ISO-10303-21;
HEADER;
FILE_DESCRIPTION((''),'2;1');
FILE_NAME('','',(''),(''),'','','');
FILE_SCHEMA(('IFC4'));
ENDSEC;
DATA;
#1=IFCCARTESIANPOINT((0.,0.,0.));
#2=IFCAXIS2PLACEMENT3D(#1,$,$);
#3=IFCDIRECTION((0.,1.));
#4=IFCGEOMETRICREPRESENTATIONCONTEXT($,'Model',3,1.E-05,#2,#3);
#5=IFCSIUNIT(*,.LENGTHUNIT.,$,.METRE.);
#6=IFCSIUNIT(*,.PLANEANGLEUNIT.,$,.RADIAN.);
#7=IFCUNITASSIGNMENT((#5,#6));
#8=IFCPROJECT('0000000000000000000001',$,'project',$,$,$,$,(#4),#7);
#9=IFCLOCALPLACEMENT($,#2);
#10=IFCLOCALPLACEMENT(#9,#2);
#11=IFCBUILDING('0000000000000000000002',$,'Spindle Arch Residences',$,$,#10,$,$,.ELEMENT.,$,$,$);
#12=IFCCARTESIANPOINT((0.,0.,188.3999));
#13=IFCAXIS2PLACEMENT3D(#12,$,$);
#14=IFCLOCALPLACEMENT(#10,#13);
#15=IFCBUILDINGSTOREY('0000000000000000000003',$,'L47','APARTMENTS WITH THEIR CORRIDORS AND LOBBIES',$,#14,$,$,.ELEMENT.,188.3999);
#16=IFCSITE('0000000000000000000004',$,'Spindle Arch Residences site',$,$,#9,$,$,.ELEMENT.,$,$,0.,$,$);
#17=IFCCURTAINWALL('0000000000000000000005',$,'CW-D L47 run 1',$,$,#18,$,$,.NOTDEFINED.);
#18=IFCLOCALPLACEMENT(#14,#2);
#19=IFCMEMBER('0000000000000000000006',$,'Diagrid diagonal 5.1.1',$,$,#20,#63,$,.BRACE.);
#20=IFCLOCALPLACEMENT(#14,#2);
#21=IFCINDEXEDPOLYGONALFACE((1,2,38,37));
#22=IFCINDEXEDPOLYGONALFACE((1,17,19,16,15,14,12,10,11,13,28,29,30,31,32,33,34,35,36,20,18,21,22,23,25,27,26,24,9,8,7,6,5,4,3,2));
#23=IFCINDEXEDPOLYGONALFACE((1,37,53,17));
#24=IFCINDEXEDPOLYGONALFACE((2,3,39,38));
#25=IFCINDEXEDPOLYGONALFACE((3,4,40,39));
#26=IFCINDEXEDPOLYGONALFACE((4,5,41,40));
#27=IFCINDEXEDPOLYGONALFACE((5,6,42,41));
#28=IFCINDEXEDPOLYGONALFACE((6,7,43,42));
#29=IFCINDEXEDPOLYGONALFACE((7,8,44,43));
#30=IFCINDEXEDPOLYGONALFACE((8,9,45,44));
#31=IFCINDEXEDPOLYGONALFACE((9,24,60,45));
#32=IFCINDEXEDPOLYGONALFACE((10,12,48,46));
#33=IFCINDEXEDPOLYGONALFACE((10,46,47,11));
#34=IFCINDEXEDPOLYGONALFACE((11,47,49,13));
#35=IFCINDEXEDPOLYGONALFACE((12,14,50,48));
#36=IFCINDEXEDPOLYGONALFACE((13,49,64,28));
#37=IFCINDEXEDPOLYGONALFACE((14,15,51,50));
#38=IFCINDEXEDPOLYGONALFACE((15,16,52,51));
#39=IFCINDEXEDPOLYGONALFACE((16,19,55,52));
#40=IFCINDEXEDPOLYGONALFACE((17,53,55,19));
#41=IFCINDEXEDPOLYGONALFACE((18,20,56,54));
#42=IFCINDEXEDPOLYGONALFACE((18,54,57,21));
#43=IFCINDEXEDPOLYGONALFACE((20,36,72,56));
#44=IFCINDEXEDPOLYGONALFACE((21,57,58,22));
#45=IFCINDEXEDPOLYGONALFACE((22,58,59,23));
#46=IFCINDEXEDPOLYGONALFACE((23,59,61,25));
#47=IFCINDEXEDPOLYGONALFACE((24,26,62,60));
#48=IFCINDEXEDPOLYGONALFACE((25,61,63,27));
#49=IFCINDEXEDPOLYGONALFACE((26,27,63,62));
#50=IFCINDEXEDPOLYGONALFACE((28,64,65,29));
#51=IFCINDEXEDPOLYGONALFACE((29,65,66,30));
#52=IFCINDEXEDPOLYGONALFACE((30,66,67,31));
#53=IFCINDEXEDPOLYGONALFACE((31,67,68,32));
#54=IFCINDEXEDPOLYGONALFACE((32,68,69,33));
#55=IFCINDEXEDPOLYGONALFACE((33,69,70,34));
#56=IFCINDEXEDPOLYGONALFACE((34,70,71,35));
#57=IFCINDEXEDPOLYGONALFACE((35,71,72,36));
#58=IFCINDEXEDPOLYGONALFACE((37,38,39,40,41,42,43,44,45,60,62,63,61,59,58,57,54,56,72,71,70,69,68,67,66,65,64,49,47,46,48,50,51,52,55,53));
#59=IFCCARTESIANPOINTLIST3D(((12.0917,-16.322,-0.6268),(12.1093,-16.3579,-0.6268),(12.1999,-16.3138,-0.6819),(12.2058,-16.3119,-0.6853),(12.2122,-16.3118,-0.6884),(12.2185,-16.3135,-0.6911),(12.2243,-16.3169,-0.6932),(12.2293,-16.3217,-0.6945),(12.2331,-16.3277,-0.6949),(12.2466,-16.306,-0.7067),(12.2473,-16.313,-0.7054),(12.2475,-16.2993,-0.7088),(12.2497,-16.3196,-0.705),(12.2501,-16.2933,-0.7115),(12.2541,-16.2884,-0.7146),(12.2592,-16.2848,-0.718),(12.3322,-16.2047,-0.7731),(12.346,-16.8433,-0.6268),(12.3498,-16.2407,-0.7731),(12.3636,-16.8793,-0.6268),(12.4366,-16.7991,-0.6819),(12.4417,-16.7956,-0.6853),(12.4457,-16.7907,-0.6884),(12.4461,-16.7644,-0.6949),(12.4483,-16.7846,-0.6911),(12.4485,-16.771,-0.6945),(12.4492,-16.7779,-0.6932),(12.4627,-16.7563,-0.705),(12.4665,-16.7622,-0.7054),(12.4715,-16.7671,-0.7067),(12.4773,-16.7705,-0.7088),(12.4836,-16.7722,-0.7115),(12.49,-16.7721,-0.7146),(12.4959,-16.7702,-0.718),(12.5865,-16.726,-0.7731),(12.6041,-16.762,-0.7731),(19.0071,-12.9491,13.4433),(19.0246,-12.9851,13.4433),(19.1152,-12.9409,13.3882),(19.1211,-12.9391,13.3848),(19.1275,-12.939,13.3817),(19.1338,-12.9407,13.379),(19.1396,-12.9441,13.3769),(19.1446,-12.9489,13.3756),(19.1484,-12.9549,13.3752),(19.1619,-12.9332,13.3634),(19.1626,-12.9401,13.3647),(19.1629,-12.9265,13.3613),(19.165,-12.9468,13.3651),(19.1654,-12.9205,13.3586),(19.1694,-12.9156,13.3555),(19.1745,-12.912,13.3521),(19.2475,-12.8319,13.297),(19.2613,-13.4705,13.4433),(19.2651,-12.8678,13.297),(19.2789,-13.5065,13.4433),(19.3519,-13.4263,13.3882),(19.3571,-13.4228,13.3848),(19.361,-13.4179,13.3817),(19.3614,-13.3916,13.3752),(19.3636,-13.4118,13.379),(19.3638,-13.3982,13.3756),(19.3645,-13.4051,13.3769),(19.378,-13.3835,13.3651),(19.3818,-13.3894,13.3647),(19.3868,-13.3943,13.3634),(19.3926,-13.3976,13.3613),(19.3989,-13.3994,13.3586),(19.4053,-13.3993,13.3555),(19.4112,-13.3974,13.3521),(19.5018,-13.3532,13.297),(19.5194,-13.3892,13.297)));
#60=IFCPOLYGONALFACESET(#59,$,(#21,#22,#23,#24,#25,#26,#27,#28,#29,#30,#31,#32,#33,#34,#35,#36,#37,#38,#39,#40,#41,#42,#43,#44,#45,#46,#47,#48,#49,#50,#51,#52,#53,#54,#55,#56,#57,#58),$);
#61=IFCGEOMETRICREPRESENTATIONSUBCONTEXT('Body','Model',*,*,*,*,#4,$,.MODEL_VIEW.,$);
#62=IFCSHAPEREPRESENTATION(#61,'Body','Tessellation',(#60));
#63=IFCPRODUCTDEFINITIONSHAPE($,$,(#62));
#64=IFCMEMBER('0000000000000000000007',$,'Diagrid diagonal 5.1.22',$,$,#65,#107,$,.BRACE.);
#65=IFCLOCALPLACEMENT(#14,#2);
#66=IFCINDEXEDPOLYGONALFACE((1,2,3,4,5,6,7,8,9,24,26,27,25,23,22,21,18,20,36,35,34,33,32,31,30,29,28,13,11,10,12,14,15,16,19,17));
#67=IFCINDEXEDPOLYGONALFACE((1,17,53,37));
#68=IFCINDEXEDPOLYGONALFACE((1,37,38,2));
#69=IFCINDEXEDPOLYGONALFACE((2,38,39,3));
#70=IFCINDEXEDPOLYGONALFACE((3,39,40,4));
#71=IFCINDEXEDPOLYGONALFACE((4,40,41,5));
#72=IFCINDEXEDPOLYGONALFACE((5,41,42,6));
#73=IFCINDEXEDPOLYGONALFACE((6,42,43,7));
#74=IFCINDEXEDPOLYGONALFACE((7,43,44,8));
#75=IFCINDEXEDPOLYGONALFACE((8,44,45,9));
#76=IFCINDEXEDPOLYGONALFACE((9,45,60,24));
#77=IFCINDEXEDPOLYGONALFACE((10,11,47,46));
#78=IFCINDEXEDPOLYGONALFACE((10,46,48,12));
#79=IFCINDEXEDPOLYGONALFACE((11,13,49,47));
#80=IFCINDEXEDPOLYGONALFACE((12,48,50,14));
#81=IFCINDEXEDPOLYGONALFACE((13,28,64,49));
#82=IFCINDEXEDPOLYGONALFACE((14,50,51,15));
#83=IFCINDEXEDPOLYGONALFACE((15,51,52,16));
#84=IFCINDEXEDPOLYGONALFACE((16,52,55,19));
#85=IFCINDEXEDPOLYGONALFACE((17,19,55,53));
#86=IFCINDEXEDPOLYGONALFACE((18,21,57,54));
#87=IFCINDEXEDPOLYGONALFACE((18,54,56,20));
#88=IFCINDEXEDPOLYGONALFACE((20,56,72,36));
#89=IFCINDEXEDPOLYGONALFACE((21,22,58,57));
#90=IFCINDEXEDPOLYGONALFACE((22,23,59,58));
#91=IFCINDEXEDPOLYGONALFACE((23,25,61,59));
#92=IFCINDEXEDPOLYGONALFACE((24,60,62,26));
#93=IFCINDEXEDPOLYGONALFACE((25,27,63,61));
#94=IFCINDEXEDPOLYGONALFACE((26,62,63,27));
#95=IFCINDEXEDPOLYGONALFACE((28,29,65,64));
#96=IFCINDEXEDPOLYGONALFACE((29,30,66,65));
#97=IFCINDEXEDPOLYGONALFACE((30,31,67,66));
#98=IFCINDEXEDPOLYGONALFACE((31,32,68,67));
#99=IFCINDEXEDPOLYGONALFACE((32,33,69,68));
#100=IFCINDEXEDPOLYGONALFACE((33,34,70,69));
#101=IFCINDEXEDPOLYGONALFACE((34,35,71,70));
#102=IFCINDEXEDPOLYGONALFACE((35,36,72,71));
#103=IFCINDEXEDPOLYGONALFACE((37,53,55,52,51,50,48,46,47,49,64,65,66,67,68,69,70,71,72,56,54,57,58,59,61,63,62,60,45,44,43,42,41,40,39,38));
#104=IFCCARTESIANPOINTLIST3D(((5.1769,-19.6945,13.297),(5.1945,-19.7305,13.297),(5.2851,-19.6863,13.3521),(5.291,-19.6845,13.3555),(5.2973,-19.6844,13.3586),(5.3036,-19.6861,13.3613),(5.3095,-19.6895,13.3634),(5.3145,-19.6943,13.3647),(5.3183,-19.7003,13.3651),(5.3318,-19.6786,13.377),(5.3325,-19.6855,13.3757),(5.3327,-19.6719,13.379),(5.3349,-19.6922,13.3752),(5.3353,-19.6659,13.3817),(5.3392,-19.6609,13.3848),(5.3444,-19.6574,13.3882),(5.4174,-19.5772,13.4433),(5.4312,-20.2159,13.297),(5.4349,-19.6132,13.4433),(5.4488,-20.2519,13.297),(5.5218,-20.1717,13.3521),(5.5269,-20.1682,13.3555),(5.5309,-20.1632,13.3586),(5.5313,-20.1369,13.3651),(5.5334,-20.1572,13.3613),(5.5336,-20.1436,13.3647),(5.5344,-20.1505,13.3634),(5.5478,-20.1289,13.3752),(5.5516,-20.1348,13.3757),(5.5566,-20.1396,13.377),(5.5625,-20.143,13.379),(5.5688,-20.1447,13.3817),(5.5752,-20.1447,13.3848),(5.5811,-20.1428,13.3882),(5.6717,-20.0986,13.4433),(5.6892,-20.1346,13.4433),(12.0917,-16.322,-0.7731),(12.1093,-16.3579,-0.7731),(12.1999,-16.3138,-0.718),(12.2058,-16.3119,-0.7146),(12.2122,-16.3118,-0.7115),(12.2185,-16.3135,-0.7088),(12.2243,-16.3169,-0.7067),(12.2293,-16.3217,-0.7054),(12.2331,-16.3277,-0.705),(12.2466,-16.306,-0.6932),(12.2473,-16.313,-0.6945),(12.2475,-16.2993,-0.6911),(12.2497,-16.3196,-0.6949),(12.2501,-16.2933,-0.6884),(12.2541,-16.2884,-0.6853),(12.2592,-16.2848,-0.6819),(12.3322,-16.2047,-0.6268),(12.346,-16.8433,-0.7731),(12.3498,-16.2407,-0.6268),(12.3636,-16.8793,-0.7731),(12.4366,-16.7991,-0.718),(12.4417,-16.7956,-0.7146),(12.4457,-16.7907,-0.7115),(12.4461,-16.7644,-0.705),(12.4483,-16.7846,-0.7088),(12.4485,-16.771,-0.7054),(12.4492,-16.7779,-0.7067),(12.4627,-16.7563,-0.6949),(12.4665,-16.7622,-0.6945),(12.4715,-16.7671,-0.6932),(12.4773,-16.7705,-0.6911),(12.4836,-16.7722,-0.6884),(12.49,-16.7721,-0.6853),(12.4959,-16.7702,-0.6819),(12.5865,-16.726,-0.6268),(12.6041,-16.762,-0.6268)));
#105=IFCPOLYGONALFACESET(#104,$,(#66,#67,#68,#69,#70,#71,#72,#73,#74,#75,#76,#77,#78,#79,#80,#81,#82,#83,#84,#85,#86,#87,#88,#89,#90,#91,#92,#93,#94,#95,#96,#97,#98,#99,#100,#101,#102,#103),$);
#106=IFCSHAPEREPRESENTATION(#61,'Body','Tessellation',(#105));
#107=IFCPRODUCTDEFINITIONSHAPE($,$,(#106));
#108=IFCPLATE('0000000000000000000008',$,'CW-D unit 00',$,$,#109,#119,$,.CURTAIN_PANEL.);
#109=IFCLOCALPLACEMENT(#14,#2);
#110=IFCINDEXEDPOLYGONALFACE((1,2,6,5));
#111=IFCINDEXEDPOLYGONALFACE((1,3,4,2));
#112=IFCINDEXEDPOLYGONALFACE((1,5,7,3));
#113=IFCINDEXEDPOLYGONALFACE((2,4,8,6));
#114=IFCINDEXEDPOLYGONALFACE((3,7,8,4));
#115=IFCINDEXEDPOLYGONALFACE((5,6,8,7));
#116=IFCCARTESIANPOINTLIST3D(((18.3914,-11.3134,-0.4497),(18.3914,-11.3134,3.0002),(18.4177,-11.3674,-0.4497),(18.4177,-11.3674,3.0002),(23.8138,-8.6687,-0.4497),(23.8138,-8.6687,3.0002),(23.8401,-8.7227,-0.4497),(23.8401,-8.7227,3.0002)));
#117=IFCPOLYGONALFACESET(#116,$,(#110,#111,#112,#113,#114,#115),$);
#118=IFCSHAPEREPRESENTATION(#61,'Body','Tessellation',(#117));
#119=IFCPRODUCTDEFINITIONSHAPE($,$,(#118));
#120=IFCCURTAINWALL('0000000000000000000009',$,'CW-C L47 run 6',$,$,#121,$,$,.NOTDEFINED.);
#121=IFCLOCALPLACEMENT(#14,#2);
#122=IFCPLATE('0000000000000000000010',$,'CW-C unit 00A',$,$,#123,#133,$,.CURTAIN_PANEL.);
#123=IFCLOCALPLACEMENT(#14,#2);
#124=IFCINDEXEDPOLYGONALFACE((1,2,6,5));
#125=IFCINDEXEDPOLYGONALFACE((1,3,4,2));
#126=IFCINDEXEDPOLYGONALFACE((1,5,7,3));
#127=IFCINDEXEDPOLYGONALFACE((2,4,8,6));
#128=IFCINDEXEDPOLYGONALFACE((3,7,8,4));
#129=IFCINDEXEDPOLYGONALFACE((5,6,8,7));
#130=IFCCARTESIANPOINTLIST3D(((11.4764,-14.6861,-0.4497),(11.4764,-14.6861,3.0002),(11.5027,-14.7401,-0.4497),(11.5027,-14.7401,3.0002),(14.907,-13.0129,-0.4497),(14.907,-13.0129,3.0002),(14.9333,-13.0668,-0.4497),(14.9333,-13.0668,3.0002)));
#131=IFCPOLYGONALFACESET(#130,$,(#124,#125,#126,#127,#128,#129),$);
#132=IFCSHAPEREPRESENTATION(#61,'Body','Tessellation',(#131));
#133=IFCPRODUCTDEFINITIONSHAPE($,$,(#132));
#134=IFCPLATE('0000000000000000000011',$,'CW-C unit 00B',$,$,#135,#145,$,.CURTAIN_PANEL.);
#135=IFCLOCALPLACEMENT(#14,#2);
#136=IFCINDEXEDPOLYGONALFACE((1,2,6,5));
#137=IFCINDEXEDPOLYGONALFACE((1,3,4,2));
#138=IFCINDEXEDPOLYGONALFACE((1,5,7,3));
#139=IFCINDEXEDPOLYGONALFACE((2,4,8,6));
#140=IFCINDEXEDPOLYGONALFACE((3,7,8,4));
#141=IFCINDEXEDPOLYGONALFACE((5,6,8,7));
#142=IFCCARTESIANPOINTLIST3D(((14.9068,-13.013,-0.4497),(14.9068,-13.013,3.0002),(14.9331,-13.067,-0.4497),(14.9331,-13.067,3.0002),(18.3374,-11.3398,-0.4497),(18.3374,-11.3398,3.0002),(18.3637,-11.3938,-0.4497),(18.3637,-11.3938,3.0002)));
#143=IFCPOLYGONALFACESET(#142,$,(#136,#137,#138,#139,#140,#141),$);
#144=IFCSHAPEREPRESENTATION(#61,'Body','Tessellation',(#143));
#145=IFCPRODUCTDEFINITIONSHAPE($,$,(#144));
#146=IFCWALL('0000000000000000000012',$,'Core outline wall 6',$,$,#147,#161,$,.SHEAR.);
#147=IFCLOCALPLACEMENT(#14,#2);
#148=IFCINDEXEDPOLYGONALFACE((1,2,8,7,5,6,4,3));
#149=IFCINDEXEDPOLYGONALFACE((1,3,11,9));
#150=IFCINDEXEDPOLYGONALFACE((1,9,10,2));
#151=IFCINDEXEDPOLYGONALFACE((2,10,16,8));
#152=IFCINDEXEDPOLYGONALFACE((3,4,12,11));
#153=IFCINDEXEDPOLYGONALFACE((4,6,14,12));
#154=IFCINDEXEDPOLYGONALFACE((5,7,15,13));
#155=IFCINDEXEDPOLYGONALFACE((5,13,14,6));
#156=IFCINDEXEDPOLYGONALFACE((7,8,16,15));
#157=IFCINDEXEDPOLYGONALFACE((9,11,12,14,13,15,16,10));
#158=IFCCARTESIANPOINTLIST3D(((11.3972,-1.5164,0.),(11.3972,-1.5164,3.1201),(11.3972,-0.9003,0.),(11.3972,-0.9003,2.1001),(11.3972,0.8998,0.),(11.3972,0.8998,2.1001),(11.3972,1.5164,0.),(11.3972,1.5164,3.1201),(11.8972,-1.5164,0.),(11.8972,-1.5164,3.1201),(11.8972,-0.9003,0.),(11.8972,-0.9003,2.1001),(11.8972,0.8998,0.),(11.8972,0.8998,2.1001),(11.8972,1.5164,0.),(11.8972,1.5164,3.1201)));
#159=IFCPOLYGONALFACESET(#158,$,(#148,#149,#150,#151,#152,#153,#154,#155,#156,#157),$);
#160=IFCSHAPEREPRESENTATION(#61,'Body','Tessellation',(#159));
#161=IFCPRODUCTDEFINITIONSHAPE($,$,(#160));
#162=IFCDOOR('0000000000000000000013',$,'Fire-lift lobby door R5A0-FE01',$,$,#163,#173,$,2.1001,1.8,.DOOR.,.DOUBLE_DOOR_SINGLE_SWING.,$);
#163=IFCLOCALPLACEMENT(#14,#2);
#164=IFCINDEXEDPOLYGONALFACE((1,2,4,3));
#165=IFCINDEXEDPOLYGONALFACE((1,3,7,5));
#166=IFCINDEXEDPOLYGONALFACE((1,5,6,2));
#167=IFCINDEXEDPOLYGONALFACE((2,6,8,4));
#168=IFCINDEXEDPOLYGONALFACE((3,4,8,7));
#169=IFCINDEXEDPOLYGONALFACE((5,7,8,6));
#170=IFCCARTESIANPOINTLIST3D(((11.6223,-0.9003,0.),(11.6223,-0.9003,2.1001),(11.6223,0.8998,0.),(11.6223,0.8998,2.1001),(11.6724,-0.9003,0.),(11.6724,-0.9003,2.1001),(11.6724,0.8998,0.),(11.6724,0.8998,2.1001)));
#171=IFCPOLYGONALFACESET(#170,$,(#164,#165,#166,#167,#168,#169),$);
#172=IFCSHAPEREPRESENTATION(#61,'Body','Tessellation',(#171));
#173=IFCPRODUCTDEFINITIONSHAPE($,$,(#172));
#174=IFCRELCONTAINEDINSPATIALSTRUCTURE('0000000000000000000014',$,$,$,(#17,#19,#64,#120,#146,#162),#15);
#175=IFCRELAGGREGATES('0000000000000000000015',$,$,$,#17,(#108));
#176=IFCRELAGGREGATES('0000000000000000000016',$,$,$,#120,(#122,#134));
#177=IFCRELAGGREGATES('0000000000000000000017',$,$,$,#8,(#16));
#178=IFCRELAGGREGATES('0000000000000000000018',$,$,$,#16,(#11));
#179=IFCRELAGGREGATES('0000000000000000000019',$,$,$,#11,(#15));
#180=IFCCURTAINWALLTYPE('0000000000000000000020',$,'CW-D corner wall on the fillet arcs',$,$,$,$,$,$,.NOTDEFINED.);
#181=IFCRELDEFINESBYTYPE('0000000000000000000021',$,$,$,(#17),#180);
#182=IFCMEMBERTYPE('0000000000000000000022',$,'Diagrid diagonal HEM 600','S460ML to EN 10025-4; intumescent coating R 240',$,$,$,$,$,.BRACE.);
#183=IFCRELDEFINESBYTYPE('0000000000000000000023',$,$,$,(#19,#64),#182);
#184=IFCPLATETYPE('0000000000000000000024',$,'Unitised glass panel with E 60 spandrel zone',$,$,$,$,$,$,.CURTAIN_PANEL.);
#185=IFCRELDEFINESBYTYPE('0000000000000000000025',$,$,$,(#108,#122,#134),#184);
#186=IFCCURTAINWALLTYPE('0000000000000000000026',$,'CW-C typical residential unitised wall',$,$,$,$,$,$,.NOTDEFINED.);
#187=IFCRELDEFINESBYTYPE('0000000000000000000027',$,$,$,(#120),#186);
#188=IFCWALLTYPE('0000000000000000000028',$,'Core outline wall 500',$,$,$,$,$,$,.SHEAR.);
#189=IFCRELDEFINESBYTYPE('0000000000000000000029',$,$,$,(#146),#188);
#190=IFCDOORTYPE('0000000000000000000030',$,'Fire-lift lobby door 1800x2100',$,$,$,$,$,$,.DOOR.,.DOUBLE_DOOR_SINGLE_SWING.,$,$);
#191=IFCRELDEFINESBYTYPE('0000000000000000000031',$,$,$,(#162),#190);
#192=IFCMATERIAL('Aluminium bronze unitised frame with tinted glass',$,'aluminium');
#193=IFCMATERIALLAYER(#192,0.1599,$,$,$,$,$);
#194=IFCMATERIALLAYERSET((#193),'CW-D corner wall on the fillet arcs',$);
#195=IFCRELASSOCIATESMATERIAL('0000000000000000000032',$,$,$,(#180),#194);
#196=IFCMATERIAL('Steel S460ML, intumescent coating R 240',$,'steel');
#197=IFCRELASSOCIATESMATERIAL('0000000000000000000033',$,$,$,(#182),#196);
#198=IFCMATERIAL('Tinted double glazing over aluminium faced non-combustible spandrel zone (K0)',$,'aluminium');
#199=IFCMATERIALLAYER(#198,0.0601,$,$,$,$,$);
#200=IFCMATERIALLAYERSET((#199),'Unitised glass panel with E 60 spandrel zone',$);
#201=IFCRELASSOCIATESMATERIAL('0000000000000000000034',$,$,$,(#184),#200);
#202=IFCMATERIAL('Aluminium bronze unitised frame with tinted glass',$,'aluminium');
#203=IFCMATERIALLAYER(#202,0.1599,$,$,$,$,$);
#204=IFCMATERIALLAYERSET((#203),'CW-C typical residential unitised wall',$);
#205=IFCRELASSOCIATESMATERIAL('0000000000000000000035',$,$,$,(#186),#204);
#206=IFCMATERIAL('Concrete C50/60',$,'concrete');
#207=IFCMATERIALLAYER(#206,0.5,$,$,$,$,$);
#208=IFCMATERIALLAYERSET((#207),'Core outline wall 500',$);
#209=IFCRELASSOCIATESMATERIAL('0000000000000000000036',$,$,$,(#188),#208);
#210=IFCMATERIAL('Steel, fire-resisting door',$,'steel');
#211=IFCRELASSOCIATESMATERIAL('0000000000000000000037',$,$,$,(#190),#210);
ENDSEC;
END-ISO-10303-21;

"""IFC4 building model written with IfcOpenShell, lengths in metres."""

from ifc_helpers import new_model, si_unit, direction, frame, frame_2d, origin, origin_2d, place, context, subcontext, project, spatial, rectangle, i_section, extrude, material, layer, layer_set, material_profile, profile_set, type_object, element, fill, aggregate, save


model = new_model("IFC4")

# Units and contexts
model_context = context("Model", 3, precision=1e-05, world=origin(), true_north=direction((0.0, 1.0)))
body_context = subcontext(model_context, "Body", "Model", "MODEL_VIEW")
ifc_project = project(units=[si_unit("LENGTHUNIT", "METRE"), si_unit("PLANEANGLEUNIT", "RADIAN")], contexts=[model_context])

# Site, building, storey
site_placement = place(None, origin())
site = spatial("IfcSite", under=ifc_project, at=site_placement, Name="Spindle Arch Residences site", CompositionType="ELEMENT", RefElevation=0.0)
building_placement = place(site_placement, origin())
building = spatial("IfcBuilding", under=site, at=building_placement, Name="Spindle Arch Residences", CompositionType="ELEMENT")
storey_placement = place(building_placement, frame((0.0, 0.0, 188.3999)))
storey = spatial("IfcBuildingStorey", under=building, at=storey_placement, Name="L47", Description="APARTMENTS WITH THEIR CORRIDORS AND LOBBIES", CompositionType="ELEMENT", Elevation=188.3999)

# Curtain wall
ifc_material_1 = material(Name="Aluminium bronze unitised frame with tinted glass", Category="aluminium")
ifc_layer_1 = layer(ifc_material_1, 0.1599)
ifc_layer_set_1 = layer_set([ifc_layer_1], Name="CW-D corner wall on the fillet arcs")
curtain_wall_type_1 = type_object("IfcCurtainWallType", Name="CW-D corner wall on the fillet arcs", PredefinedType="NOTDEFINED", material=ifc_layer_set_1)
curtain_wall_1_placement = place(storey_placement, origin())
curtain_wall_1 = element("IfcCurtainWall", 1, at=curtain_wall_1_placement, inside=storey, type_object=curtain_wall_type_1, Name="CW-D L47 run 1", PredefinedType="NOTDEFINED")

# Members
ifc_material_2 = material(Name="Steel S460ML, intumescent coating R 240", Category="steel")
ifc_material_profile_1 = material_profile(ifc_material_2, i_section(OverallWidth=0.3049, OverallDepth=0.6201, WebThickness=0.021, FlangeThickness=0.04, FilletRadius=0.0271, at=origin_2d()), Name="HEM 600")
ifc_profile_set_1 = profile_set([ifc_material_profile_1], Name="Steel S460ML, intumescent coating R 240")
member_type_1 = type_object("IfcMemberType", Name="Diagrid diagonal HEM 600", Description="S460ML to EN 10025-4; intumescent coating R 240", PredefinedType="BRACE", material=ifc_profile_set_1)
member_1_placement = place(storey_placement, frame((12.3479, -16.542, -0.7), z_axis=(0.431226, 0.210323, 0.877387), x_axis=(-0.788591, -0.384621, 0.479783)))
element("IfcMember", 2, at=member_1_placement, inside=storey, type_object=member_type_1, Name="Diagrid diagonal 5.1.1", PredefinedType="BRACE", context=body_context, shape_type="SweptSolid", body=[
    extrude(i_section(OverallWidth=0.3049, OverallDepth=0.6201, WebThickness=0.021, FlangeThickness=0.04, FilletRadius=0.0271, at=origin_2d()), origin(), (0.0, 0.0, 1.0), 16.0364),
])
member_2_placement = place(storey_placement, frame((12.3479, -16.542, -0.7), z_axis=(-0.431203, -0.210311, 0.877402), x_axis=(0.788604, 0.384626, 0.479757)))
element("IfcMember", 3, at=member_2_placement, inside=storey, type_object=member_type_1, Name="Diagrid diagonal 5.1.22", PredefinedType="BRACE", context=body_context, shape_type="SweptSolid", body=[
    extrude(i_section(OverallWidth=0.3049, OverallDepth=0.6201, WebThickness=0.021, FlangeThickness=0.04, FilletRadius=0.0271, at=origin_2d()), origin(), (0.0, 0.0, 1.0), 16.0361),
])

# Plate
ifc_material_3 = material(Name="Tinted double glazing over aluminium faced non-combustible spandrel zone (K0)", Category="aluminium")
ifc_layer_2 = layer(ifc_material_3, 0.0601)
ifc_layer_set_2 = layer_set([ifc_layer_2], Name="Unitised glass panel with E 60 spandrel zone")
plate_type = type_object("IfcPlateType", Name="Unitised glass panel with E 60 spandrel zone", PredefinedType="CURTAIN_PANEL", material=ifc_layer_set_2)
plate_1_placement = place(storey_placement, frame((21.1157, -10.0181, -0.4497), z_axis=(0.0, 0.0, 1.0), x_axis=(0.898794, 0.438371, 0.0)))
plate_1 = element("IfcPlate", 4, at=plate_1_placement, type_object=plate_type, Name="CW-D unit 00", PredefinedType="CURTAIN_PANEL", context=body_context, shape_type="SweptSolid", body=[
    extrude(rectangle(XDim=6.033, YDim=0.0601, at=origin_2d()), origin(), (0.0, 0.0, 1.0), 3.45),
])
aggregate(curtain_wall_1, [plate_1])

# Curtain wall, plates
ifc_material_4 = material(Name="Aluminium bronze unitised frame with tinted glass", Category="aluminium")
ifc_layer_3 = layer(ifc_material_4, 0.1599)
ifc_layer_set_3 = layer_set([ifc_layer_3], Name="CW-C typical residential unitised wall")
curtain_wall_type_2 = type_object("IfcCurtainWallType", Name="CW-C typical residential unitised wall", PredefinedType="NOTDEFINED", material=ifc_layer_set_3)
curtain_wall_2_placement = place(storey_placement, origin())
curtain_wall_2 = element("IfcCurtainWall", 5, at=curtain_wall_2_placement, inside=storey, type_object=curtain_wall_type_2, Name="CW-C L47 run 6", PredefinedType="NOTDEFINED")
plate_2_placement = place(storey_placement, frame((13.2048, -13.8765, -0.4497), z_axis=(0.0, 0.0, 1.0), x_axis=(0.898794, 0.438371, 0.0)))
plate_2 = element("IfcPlate", 6, at=plate_2_placement, type_object=plate_type, Name="CW-C unit 00A", PredefinedType="CURTAIN_PANEL", context=body_context, shape_type="SweptSolid", body=[
    extrude(rectangle(XDim=3.8169, YDim=0.0601, at=origin_2d()), origin(), (0.0, 0.0, 1.0), 3.45),
])
plate_3_placement = place(storey_placement, frame((16.6353, -12.2034, -0.4497), z_axis=(0.0, 0.0, 1.0), x_axis=(0.898794, 0.438371, 0.0)))
plate_3 = element("IfcPlate", 7, at=plate_3_placement, type_object=plate_type, Name="CW-C unit 00B", PredefinedType="CURTAIN_PANEL", context=body_context, shape_type="SweptSolid", body=[
    extrude(rectangle(XDim=3.8169, YDim=0.0601, at=origin_2d()), origin(), (0.0, 0.0, 1.0), 3.45),
])
aggregate(curtain_wall_2, [plate_2, plate_3])

# Wall, opening, door
ifc_material_5 = material(Name="Concrete C50/60", Category="concrete")
ifc_layer_4 = layer(ifc_material_5, 0.5)
ifc_layer_set_4 = layer_set([ifc_layer_4], Name="Core outline wall 500")
wall_type_1 = type_object("IfcWallType", Name="Core outline wall 500", PredefinedType="SHEAR", material=ifc_layer_set_4)
wall_1_placement = place(storey_placement, frame((11.6472, -1.5164, 0.0), z_axis=(0.0, 0.0, 1.0), x_axis=(0.0, 1.0, 0.0)))
wall_1 = element("IfcWall", 8, at=wall_1_placement, inside=storey, type_object=wall_type_1, Name="Core outline wall 6", PredefinedType="SHEAR", context=body_context, shape_type="SweptSolid", body=[
    extrude(rectangle(XDim=3.0327, YDim=0.5, at=frame_2d((1.5164, 0.0))), origin(), (0.0, 0.0, 1.0), 3.1201),
])
opening_1_placement = place(wall_1_placement, frame((0.6162, 0.0, 0.0)))
opening_1 = element("IfcOpeningElement", 9, at=opening_1_placement, cuts=wall_1, PredefinedType="OPENING", context=body_context, shape_type="SweptSolid", body=[
    extrude(rectangle(XDim=1.8, YDim=2.1001, at=frame_2d((0.8999, 1.05))), frame((0.0, 0.26, 0.0), z_axis=(0.0, -1.0, 0.0), x_axis=(1.0, 0.0, 0.0)), (0.0, 0.0, 1.0), 0.52),
])
ifc_material_6 = material(Name="Steel, fire-resisting door", Category="steel")
door_type_1 = type_object("IfcDoorType", Name="Fire-lift lobby door 1800x2100", OperationType="DOUBLE_DOOR_SINGLE_SWING", PredefinedType="DOOR", material=ifc_material_6)
door_1_placement = place(opening_1_placement, origin())
door_1 = element("IfcDoor", 10, at=door_1_placement, inside=storey, type_object=door_type_1, Name="Fire-lift lobby door R5A0-FE01", OperationType="DOUBLE_DOOR_SINGLE_SWING", OverallHeight=2.1001, OverallWidth=1.8, PredefinedType="DOOR", context=body_context, shape_type="SweptSolid", body=[
    extrude(rectangle(XDim=1.8, YDim=2.1001, at=frame_2d((0.8999, 1.05))), frame((0.0, 0.0249, 0.0), z_axis=(0.0, -1.0, 0.0), x_axis=(1.0, 0.0, 0.0)), (0.0, 0.0, 1.0), 0.05),
])
fill(opening_1, door_1)

save(model, "model.ifc")
